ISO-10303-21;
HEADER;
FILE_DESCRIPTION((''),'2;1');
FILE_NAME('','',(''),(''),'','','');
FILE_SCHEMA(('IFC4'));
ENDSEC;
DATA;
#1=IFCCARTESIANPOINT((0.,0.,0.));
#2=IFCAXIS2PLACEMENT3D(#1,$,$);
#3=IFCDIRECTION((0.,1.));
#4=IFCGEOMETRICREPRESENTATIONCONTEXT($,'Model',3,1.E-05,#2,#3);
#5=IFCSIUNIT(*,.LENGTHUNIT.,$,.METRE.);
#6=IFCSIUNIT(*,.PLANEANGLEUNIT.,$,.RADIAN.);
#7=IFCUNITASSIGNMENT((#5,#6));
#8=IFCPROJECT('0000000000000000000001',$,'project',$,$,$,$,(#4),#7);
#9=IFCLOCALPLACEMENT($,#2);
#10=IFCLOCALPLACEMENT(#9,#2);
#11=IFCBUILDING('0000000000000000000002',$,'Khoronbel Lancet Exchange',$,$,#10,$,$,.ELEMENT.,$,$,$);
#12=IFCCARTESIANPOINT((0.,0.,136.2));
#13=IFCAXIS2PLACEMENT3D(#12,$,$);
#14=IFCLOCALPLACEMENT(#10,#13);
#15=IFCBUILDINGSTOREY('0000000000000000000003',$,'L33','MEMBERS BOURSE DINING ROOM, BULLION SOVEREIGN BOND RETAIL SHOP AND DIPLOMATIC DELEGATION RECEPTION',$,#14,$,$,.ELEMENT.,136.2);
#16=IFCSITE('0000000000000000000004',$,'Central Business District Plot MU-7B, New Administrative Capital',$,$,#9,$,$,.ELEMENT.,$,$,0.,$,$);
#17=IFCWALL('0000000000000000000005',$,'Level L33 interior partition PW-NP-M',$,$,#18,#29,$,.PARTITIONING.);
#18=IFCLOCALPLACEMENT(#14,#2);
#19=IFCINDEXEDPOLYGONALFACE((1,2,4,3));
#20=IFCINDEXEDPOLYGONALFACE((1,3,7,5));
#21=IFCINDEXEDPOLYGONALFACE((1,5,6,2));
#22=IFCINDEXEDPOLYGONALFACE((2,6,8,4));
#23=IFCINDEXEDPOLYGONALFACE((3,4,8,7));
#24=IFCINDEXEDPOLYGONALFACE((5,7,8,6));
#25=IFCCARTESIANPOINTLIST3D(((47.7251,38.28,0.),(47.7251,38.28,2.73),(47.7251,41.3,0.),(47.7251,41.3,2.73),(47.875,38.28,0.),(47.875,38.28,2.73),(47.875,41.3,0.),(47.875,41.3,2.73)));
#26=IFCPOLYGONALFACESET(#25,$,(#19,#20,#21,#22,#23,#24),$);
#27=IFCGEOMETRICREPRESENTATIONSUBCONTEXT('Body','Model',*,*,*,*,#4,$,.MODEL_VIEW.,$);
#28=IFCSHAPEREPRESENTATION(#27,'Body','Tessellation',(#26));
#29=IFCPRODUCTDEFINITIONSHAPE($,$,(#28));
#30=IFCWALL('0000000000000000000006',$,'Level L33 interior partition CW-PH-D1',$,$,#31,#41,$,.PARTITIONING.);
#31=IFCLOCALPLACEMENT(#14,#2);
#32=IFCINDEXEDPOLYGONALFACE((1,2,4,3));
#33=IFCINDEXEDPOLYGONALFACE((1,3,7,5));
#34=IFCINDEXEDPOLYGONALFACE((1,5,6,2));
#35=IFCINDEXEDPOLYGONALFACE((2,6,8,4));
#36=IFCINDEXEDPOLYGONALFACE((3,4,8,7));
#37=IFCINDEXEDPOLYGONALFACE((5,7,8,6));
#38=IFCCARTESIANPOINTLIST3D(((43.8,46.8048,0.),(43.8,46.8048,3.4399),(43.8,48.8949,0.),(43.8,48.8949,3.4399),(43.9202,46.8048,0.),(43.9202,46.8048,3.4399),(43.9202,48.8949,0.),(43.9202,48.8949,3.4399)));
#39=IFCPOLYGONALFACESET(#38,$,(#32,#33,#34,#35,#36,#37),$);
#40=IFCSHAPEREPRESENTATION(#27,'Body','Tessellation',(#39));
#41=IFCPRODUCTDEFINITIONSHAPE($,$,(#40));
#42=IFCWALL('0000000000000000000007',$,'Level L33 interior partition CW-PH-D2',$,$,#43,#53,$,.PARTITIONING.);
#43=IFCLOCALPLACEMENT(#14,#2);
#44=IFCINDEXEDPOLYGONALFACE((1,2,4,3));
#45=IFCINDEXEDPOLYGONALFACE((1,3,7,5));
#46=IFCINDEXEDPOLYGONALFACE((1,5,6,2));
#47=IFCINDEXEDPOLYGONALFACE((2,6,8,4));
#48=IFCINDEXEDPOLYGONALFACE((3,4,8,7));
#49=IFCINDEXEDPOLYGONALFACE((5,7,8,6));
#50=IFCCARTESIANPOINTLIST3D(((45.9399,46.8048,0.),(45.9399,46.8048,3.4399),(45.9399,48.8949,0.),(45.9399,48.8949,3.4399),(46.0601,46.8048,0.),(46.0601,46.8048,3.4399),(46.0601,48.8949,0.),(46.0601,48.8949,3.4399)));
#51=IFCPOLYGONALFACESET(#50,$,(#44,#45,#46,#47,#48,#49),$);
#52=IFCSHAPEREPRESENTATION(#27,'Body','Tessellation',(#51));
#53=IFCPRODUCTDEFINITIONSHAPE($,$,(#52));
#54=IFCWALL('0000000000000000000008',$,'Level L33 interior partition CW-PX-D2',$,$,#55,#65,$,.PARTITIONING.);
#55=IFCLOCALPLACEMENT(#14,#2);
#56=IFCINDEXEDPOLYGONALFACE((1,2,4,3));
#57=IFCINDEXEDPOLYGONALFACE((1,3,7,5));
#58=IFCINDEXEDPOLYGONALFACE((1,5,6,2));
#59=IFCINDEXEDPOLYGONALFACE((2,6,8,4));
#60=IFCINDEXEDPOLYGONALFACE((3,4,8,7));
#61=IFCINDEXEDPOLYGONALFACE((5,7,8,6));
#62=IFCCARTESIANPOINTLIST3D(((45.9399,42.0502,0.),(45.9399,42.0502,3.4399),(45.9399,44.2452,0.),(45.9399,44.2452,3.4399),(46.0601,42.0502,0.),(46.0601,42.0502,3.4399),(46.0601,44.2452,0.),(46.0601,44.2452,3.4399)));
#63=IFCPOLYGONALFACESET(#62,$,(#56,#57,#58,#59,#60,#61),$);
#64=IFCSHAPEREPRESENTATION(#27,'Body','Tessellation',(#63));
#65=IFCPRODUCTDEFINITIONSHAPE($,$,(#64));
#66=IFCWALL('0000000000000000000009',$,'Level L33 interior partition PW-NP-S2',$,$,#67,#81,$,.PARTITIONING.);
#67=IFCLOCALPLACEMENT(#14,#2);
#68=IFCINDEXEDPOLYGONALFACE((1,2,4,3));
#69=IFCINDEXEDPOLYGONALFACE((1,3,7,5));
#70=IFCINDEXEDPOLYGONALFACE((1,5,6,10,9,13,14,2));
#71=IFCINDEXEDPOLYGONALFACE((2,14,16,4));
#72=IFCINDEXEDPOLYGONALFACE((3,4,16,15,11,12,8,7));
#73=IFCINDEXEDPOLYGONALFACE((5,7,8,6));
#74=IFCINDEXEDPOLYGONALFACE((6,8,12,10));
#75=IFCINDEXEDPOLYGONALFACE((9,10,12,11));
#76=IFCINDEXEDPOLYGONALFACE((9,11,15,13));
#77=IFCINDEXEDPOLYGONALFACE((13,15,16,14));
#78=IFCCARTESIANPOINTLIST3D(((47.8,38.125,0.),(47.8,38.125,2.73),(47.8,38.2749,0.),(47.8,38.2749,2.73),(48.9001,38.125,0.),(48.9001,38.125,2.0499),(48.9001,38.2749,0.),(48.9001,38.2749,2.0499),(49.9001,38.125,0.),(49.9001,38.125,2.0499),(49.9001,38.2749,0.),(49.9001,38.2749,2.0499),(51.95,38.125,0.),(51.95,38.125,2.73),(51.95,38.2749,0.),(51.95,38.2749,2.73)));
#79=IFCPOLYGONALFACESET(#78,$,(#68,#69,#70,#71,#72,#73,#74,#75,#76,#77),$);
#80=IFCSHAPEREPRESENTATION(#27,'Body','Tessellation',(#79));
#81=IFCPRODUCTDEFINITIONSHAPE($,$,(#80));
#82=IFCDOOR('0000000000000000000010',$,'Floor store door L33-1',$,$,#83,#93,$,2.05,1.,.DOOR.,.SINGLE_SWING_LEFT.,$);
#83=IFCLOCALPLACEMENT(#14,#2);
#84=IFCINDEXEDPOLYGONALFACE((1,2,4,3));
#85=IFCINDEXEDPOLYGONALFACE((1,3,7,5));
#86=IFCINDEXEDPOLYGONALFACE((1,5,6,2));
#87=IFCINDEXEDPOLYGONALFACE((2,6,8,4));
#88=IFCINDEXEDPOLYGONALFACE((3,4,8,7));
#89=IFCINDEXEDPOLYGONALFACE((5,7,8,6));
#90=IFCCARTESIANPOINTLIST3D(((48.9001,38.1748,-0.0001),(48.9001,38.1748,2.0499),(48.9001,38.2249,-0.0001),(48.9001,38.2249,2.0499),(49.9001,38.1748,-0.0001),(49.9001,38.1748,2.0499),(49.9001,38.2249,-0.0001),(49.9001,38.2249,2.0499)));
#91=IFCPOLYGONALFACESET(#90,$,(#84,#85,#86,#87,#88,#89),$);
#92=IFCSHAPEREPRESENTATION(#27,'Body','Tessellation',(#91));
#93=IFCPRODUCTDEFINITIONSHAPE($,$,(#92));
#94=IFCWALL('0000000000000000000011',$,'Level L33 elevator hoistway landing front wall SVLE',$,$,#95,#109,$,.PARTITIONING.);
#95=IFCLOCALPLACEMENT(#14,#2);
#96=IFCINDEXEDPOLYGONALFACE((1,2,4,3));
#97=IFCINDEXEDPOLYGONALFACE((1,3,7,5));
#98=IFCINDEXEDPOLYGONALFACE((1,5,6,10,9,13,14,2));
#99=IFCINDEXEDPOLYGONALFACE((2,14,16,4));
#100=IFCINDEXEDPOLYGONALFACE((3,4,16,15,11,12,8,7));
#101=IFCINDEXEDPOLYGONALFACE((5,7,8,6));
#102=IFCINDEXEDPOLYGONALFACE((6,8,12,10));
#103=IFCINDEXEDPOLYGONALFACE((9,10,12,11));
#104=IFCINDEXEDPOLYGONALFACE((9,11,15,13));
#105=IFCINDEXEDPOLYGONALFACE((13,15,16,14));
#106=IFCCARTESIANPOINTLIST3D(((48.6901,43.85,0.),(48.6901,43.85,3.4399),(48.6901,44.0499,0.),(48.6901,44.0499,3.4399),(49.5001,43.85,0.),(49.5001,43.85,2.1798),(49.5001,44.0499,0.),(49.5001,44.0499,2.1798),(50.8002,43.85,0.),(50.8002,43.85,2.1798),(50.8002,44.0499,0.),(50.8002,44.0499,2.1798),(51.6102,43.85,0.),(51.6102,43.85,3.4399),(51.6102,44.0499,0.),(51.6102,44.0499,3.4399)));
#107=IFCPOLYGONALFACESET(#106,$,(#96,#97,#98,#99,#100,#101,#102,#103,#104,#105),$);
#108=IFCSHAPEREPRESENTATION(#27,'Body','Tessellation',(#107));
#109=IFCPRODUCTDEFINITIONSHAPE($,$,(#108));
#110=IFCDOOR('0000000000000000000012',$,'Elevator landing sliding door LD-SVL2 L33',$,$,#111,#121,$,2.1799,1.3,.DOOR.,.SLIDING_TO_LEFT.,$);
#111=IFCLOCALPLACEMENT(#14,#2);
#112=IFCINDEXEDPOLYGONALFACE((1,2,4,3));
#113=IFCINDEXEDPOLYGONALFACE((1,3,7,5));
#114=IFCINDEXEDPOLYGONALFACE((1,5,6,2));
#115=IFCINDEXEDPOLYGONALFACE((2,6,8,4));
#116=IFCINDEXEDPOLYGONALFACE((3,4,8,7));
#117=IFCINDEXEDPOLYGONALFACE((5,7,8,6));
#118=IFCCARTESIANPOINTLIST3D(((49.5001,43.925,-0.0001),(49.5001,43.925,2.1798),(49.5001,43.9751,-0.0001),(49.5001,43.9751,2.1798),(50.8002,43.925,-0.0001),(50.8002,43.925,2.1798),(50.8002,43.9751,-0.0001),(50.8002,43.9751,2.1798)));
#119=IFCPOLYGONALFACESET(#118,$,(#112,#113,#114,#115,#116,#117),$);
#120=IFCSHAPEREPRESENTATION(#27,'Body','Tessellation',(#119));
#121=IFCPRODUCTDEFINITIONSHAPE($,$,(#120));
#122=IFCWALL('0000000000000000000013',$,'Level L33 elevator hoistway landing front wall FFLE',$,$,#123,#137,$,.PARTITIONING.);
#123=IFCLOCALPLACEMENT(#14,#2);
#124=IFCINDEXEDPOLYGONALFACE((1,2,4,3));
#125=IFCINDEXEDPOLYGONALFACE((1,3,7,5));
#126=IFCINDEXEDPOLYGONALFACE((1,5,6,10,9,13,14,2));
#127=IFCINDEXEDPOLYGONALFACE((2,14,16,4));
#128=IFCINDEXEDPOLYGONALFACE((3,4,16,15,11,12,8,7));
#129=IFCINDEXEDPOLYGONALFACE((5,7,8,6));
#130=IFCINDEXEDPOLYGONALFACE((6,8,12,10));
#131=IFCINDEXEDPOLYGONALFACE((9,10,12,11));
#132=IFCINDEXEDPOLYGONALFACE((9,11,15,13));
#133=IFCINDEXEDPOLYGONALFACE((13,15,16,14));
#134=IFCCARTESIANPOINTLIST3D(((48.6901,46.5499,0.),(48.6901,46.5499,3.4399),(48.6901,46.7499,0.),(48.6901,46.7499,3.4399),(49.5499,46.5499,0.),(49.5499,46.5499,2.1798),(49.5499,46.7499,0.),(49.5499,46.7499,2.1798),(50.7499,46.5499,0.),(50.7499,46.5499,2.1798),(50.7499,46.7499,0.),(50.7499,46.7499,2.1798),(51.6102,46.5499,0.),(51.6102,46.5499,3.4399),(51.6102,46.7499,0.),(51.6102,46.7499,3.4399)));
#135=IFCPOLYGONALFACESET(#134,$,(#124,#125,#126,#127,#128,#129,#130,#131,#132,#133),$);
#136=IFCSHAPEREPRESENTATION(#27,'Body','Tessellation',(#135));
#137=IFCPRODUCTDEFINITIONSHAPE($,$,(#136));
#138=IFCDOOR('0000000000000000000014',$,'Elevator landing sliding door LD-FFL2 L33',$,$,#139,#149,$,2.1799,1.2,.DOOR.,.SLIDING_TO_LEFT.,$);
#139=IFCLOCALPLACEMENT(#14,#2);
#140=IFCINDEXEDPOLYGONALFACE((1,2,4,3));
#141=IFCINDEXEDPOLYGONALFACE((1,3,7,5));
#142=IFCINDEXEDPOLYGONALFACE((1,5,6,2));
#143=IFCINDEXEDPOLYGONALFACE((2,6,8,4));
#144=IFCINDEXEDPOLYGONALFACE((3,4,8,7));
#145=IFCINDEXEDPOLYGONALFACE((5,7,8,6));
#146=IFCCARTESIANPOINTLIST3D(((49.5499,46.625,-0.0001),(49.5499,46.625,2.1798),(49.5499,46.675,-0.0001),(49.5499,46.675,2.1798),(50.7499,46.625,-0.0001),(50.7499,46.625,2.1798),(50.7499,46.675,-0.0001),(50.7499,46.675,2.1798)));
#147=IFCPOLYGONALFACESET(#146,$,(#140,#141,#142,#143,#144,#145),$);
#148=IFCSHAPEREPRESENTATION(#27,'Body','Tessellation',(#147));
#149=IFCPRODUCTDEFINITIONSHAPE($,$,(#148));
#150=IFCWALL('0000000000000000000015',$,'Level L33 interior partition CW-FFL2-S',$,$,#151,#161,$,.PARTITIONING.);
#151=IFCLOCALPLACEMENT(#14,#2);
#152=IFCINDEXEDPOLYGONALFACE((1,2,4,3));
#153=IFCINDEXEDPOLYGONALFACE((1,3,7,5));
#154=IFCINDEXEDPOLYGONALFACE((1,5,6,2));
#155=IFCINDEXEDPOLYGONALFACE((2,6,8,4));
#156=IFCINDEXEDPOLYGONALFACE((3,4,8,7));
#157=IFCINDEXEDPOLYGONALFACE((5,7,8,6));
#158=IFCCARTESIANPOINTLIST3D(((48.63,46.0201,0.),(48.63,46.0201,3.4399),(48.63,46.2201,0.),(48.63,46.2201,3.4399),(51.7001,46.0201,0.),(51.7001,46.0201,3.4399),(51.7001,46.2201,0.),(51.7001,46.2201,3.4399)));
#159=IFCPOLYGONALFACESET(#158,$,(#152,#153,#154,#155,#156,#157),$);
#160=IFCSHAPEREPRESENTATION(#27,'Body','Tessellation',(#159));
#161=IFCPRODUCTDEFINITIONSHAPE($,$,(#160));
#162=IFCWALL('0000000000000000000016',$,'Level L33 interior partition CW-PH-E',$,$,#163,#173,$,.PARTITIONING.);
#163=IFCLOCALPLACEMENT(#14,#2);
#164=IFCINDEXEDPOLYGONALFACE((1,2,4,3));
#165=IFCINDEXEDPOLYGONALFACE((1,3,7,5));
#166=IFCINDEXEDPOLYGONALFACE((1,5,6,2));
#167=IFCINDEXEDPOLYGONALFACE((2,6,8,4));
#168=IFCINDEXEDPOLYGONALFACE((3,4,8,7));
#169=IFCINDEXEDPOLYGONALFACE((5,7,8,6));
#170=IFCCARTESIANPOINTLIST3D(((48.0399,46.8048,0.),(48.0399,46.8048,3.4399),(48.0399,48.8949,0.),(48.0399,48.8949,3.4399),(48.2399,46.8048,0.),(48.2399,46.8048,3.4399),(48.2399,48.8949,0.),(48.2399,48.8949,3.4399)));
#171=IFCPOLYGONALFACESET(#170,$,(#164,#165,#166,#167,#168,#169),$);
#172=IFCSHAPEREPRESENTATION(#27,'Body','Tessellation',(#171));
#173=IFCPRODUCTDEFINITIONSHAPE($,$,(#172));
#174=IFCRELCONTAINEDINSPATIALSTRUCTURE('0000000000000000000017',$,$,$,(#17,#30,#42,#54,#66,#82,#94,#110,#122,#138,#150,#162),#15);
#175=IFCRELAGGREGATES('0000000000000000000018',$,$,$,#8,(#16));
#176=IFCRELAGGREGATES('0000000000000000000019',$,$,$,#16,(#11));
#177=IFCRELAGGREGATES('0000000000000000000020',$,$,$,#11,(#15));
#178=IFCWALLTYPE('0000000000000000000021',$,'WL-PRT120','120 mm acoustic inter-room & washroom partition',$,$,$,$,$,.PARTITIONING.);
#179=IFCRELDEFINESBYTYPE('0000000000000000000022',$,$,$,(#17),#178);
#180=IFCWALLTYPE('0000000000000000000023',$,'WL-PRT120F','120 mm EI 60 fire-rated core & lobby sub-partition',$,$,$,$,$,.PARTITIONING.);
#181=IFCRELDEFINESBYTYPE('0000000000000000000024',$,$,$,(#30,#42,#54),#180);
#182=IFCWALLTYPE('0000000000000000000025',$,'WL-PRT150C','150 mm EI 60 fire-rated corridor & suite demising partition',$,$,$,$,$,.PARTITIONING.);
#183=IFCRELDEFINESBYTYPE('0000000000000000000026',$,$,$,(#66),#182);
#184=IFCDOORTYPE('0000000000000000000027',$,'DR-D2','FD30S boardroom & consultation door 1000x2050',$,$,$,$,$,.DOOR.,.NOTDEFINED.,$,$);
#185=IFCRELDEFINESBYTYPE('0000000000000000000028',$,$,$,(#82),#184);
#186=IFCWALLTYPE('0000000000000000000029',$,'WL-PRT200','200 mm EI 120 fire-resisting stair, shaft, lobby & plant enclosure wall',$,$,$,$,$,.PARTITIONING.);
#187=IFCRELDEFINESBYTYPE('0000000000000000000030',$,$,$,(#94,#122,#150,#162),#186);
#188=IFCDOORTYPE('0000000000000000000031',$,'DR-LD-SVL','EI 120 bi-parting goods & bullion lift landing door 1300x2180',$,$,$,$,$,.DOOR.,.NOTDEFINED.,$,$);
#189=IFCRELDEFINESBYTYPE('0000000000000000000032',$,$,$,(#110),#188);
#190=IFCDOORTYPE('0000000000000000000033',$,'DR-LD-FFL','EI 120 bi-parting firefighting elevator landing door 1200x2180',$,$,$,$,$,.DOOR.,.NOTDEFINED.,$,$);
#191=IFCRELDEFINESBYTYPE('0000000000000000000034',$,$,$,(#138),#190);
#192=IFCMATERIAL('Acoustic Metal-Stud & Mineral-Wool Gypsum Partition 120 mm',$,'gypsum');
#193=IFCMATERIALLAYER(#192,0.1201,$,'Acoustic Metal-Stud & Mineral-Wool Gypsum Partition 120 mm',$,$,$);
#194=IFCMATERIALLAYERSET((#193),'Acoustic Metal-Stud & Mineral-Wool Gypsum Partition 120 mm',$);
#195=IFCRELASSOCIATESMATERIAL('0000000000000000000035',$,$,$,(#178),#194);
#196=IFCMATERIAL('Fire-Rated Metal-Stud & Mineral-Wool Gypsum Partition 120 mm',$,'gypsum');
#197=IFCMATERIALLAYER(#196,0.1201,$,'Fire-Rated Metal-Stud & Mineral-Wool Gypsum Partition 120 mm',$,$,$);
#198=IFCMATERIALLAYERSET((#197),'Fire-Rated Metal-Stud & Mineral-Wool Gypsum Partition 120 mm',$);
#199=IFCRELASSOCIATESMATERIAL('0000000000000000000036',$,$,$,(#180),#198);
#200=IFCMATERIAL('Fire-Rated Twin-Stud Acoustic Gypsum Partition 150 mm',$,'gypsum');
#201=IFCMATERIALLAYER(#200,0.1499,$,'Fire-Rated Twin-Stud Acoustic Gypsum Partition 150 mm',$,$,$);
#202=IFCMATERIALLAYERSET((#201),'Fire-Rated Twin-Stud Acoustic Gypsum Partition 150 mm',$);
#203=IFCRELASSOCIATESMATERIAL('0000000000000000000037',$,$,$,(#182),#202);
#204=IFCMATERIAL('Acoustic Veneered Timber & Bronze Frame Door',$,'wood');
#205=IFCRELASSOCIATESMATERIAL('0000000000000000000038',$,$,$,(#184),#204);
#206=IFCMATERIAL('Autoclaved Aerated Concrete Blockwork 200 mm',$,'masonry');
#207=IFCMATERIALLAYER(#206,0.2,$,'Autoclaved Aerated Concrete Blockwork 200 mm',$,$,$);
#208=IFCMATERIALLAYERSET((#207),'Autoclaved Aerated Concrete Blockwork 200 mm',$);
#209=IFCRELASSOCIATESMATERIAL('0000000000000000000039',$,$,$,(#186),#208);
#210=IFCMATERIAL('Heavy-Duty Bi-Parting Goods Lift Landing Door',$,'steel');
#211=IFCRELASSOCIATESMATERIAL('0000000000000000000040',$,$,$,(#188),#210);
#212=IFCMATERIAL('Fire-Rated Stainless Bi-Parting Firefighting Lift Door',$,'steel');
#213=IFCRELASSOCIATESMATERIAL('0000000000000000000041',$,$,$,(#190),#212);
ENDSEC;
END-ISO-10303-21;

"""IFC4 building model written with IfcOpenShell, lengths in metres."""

from ifc_helpers import new_model, si_unit, direction, frame, frame_2d, origin, place, context, subcontext, project, spatial, rectangle, extrude, material, layer, layer_set, type_object, element, fill, save


model = new_model("IFC4")

# Units and contexts
model_context = context("Model", 3, precision=1e-05, world=origin(), true_north=direction((0.0, 1.0)))
body_context = subcontext(model_context, "Body", "Model", "MODEL_VIEW")
ifc_project = project(units=[si_unit("LENGTHUNIT", "METRE"), si_unit("PLANEANGLEUNIT", "RADIAN")], contexts=[model_context])

# Site, building, storey
site_placement = place(None, origin())
site = spatial("IfcSite", under=ifc_project, at=site_placement, Name="Central Business District Plot MU-7B, New Administrative Capital", CompositionType="ELEMENT", RefElevation=0.0)
building_placement = place(site_placement, origin())
building = spatial("IfcBuilding", under=site, at=building_placement, Name="Khoronbel Lancet Exchange", CompositionType="ELEMENT")
storey_placement = place(building_placement, frame((0.0, 0.0, 136.2)))
storey = spatial("IfcBuildingStorey", under=building, at=storey_placement, Name="L33", Description="MEMBERS BOURSE DINING ROOM, BULLION SOVEREIGN BOND RETAIL SHOP AND DIPLOMATIC DELEGATION RECEPTION", CompositionType="ELEMENT", Elevation=136.2)

# Walls
ifc_material_1 = material(Name="Acoustic Metal-Stud & Mineral-Wool Gypsum Partition 120 mm", Category="gypsum")
ifc_layer_1 = layer(ifc_material_1, 0.1201, Name="Acoustic Metal-Stud & Mineral-Wool Gypsum Partition 120 mm")
ifc_layer_set_1 = layer_set([ifc_layer_1], Name="Acoustic Metal-Stud & Mineral-Wool Gypsum Partition 120 mm")
wall_type_1 = type_object("IfcWallType", Name="WL-PRT120", Description="120 mm acoustic inter-room & washroom partition", PredefinedType="PARTITIONING", material=ifc_layer_set_1)
wall_1_placement = place(storey_placement, frame((47.8, 38.28, 0.0), z_axis=(0.0, 0.0, 1.0), x_axis=(0.0, 1.0, 0.0)))
element("IfcWall", 1, at=wall_1_placement, inside=storey, type_object=wall_type_1, Name="Level L33 interior partition PW-NP-M", PredefinedType="PARTITIONING", context=body_context, shape_type="SweptSolid", body=[
    extrude(rectangle(XDim=3.02, YDim=0.1499, at=frame_2d((1.51, 0.0))), origin(), (0.0, 0.0, 1.0), 2.73),
])
ifc_material_2 = material(Name="Fire-Rated Metal-Stud & Mineral-Wool Gypsum Partition 120 mm", Category="gypsum")
ifc_layer_2 = layer(ifc_material_2, 0.1201, Name="Fire-Rated Metal-Stud & Mineral-Wool Gypsum Partition 120 mm")
ifc_layer_set_2 = layer_set([ifc_layer_2], Name="Fire-Rated Metal-Stud & Mineral-Wool Gypsum Partition 120 mm")
wall_type_2 = type_object("IfcWallType", Name="WL-PRT120F", Description="120 mm EI 60 fire-rated core & lobby sub-partition", PredefinedType="PARTITIONING", material=ifc_layer_set_2)
for number, where, z_axis, x_axis, name in (
    (2, (43.8601, 46.8049, 0.0), (0.0, 0.0, 1.0), (0.0, 1.0, 0.0), "Level L33 interior partition CW-PH-D1"),
    (3, (46.0, 46.8049, 0.0), (0.0, 0.0, 1.0), (0.0, 1.0, 0.0), "Level L33 interior partition CW-PH-D2"),
):
    element("IfcWall", number, at=place(storey_placement, frame(where, z_axis=z_axis, x_axis=x_axis)), inside=storey, type_object=wall_type_2, Name=name, PredefinedType="PARTITIONING", context=body_context, shape_type="SweptSolid", body=[
        extrude(rectangle(XDim=2.0901, YDim=0.1201, at=frame_2d((1.0449, 0.0))), origin(), (0.0, 0.0, 1.0), 3.4399),
    ])
wall_2_placement = place(storey_placement, frame((46.0, 42.05, 0.0), z_axis=(0.0, 0.0, 1.0), x_axis=(0.0, 1.0, 0.0)))
element("IfcWall", 4, at=wall_2_placement, inside=storey, type_object=wall_type_2, Name="Level L33 interior partition CW-PX-D2", PredefinedType="PARTITIONING", context=body_context, shape_type="SweptSolid", body=[
    extrude(rectangle(XDim=2.1951, YDim=0.1201, at=frame_2d((1.0977, 0.0))), origin(), (0.0, 0.0, 1.0), 3.4399),
])

# Walls, openings, doors
ifc_material_3 = material(Name="Fire-Rated Twin-Stud Acoustic Gypsum Partition 150 mm", Category="gypsum")
ifc_layer_3 = layer(ifc_material_3, 0.1499, Name="Fire-Rated Twin-Stud Acoustic Gypsum Partition 150 mm")
ifc_layer_set_3 = layer_set([ifc_layer_3], Name="Fire-Rated Twin-Stud Acoustic Gypsum Partition 150 mm")
wall_type_3 = type_object("IfcWallType", Name="WL-PRT150C", Description="150 mm EI 60 fire-rated corridor & suite demising partition", PredefinedType="PARTITIONING", material=ifc_layer_set_3)
wall_3_placement = place(storey_placement, frame((47.8, 38.2, 0.0), z_axis=(0.0, 0.0, 1.0), x_axis=(1.0, 0.0, 0.0)))
wall_3 = element("IfcWall", 5, at=wall_3_placement, inside=storey, type_object=wall_type_3, Name="Level L33 interior partition PW-NP-S2", PredefinedType="PARTITIONING", context=body_context, shape_type="SweptSolid", body=[
    extrude(rectangle(XDim=4.1499, YDim=0.1499, at=frame_2d((2.075, 0.0))), origin(), (0.0, 0.0, 1.0), 2.73),
])
opening_1_placement = place(wall_3_placement, frame((1.1001, 0.0, 0.0)))
opening_1 = element("IfcOpeningElement", 6, at=opening_1_placement, cuts=wall_3, PredefinedType="OPENING", context=body_context, shape_type="SweptSolid", body=[
    extrude(rectangle(XDim=1.0, YDim=2.05, at=frame_2d((0.5, 1.0249))), frame((0.0, 0.085, 0.0), z_axis=(0.0, -1.0, 0.0), x_axis=(1.0, 0.0, 0.0)), (0.0, 0.0, 1.0), 0.1699),
])
ifc_material_4 = material(Name="Acoustic Veneered Timber & Bronze Frame Door", Category="wood")
door_type_1 = type_object("IfcDoorType", Name="DR-D2", Description="FD30S boardroom & consultation door 1000x2050", OperationType="NOTDEFINED", PredefinedType="DOOR", material=ifc_material_4)
door_1_placement = place(opening_1_placement, origin())
door_1 = element("IfcDoor", 7, at=door_1_placement, inside=storey, type_object=door_type_1, Name="Floor store door L33-1", OperationType="SINGLE_SWING_LEFT", OverallHeight=2.05, OverallWidth=1.0, PredefinedType="DOOR", context=body_context, shape_type="SweptSolid", body=[
    extrude(rectangle(XDim=1.0, YDim=2.05, at=frame_2d((0.5, 1.0249))), frame((0.0, 0.0249, 0.0), z_axis=(0.0, -1.0, 0.0), x_axis=(1.0, 0.0, 0.0)), (0.0, 0.0, 1.0), 0.05),
])
fill(opening_1, door_1)
ifc_material_5 = material(Name="Autoclaved Aerated Concrete Blockwork 200 mm", Category="masonry")
ifc_layer_4 = layer(ifc_material_5, 0.2, Name="Autoclaved Aerated Concrete Blockwork 200 mm")
ifc_layer_set_4 = layer_set([ifc_layer_4], Name="Autoclaved Aerated Concrete Blockwork 200 mm")
wall_type_4 = type_object("IfcWallType", Name="WL-PRT200", Description="200 mm EI 120 fire-resisting stair, shaft, lobby & plant enclosure wall", PredefinedType="PARTITIONING", material=ifc_layer_set_4)
wall_4_placement = place(storey_placement, frame((51.6101, 43.95, 0.0), z_axis=(0.0, 0.0, 1.0), x_axis=(-1.0, 0.0, 0.0)))
wall_4 = element("IfcWall", 8, at=wall_4_placement, inside=storey, type_object=wall_type_4, Name="Level L33 elevator hoistway landing front wall SVLE", PredefinedType="PARTITIONING", context=body_context, shape_type="SweptSolid", body=[
    extrude(rectangle(XDim=2.9202, YDim=0.2, at=frame_2d((1.46, 0.0))), origin(), (0.0, 0.0, 1.0), 3.4399),
])
opening_2_placement = place(wall_4_placement, frame((0.8101, 0.0, 0.0)))
opening_2 = element("IfcOpeningElement", 9, at=opening_2_placement, cuts=wall_4, PredefinedType="OPENING", context=body_context, shape_type="SweptSolid", body=[
    extrude(rectangle(XDim=1.3, YDim=2.1799, at=frame_2d((0.6499, 1.0898))), frame((0.0, 0.1099, 0.0), z_axis=(0.0, -1.0, 0.0), x_axis=(1.0, 0.0, 0.0)), (0.0, 0.0, 1.0), 0.22),
])
ifc_material_6 = material(Name="Heavy-Duty Bi-Parting Goods Lift Landing Door", Category="steel")
door_type_2 = type_object("IfcDoorType", Name="DR-LD-SVL", Description="EI 120 bi-parting goods & bullion lift landing door 1300x2180", OperationType="NOTDEFINED", PredefinedType="DOOR", material=ifc_material_6)
door_2_placement = place(opening_2_placement, origin())
door_2 = element("IfcDoor", 10, at=door_2_placement, inside=storey, type_object=door_type_2, Name="Elevator landing sliding door LD-SVL2 L33", OperationType="SLIDING_TO_LEFT", OverallHeight=2.1799, OverallWidth=1.3, PredefinedType="DOOR", context=body_context, shape_type="SweptSolid", body=[
    extrude(rectangle(XDim=1.3, YDim=2.1799, at=frame_2d((0.6499, 1.0898))), frame((0.0, 0.0249, 0.0), z_axis=(0.0, -1.0, 0.0), x_axis=(1.0, 0.0, 0.0)), (0.0, 0.0, 1.0), 0.05),
])
fill(opening_2, door_2)
wall_5_placement = place(storey_placement, frame((51.6101, 46.6499, 0.0), z_axis=(0.0, 0.0, 1.0), x_axis=(-1.0, 0.0, 0.0)))
wall_5 = element("IfcWall", 11, at=wall_5_placement, inside=storey, type_object=wall_type_4, Name="Level L33 elevator hoistway landing front wall FFLE", PredefinedType="PARTITIONING", context=body_context, shape_type="SweptSolid", body=[
    extrude(rectangle(XDim=2.9202, YDim=0.2, at=frame_2d((1.46, 0.0))), origin(), (0.0, 0.0, 1.0), 3.4399),
])
opening_3_placement = place(wall_5_placement, frame((0.8601, 0.0, 0.0)))
opening_3 = element("IfcOpeningElement", 12, at=opening_3_placement, cuts=wall_5, PredefinedType="OPENING", context=body_context, shape_type="SweptSolid", body=[
    extrude(rectangle(XDim=1.2, YDim=2.1799, at=frame_2d((0.6001, 1.0898))), frame((0.0, 0.1099, 0.0), z_axis=(0.0, -1.0, 0.0), x_axis=(1.0, 0.0, 0.0)), (0.0, 0.0, 1.0), 0.22),
])
ifc_material_7 = material(Name="Fire-Rated Stainless Bi-Parting Firefighting Lift Door", Category="steel")
door_type_3 = type_object("IfcDoorType", Name="DR-LD-FFL", Description="EI 120 bi-parting firefighting elevator landing door 1200x2180", OperationType="NOTDEFINED", PredefinedType="DOOR", material=ifc_material_7)
door_3_placement = place(opening_3_placement, origin())
door_3 = element("IfcDoor", 13, at=door_3_placement, inside=storey, type_object=door_type_3, Name="Elevator landing sliding door LD-FFL2 L33", OperationType="SLIDING_TO_LEFT", OverallHeight=2.1799, OverallWidth=1.2, PredefinedType="DOOR", context=body_context, shape_type="SweptSolid", body=[
    extrude(rectangle(XDim=1.2, YDim=2.1799, at=frame_2d((0.6001, 1.0898))), frame((0.0, 0.0249, 0.0), z_axis=(0.0, -1.0, 0.0), x_axis=(1.0, 0.0, 0.0)), (0.0, 0.0, 1.0), 0.05),
])
fill(opening_3, door_3)

# Walls
wall_6_placement = place(storey_placement, frame((48.6299, 46.1201, 0.0), z_axis=(0.0, 0.0, 1.0), x_axis=(1.0, 0.0, 0.0)))
element("IfcWall", 14, at=wall_6_placement, inside=storey, type_object=wall_type_4, Name="Level L33 interior partition CW-FFL2-S", PredefinedType="PARTITIONING", context=body_context, shape_type="SweptSolid", body=[
    extrude(rectangle(XDim=3.0701, YDim=0.2, at=frame_2d((1.5352, 0.0))), origin(), (0.0, 0.0, 1.0), 3.4399),
])
wall_7_placement = place(storey_placement, frame((48.1399, 46.8049, 0.0), z_axis=(0.0, 0.0, 1.0), x_axis=(0.0, 1.0, 0.0)))
element("IfcWall", 15, at=wall_7_placement, inside=storey, type_object=wall_type_4, Name="Level L33 interior partition CW-PH-E", PredefinedType="PARTITIONING", context=body_context, shape_type="SweptSolid", body=[
    extrude(rectangle(XDim=2.0901, YDim=0.2, at=frame_2d((1.0449, 0.0))), origin(), (0.0, 0.0, 1.0), 3.4399),
])

save(model, "model.ifc")
